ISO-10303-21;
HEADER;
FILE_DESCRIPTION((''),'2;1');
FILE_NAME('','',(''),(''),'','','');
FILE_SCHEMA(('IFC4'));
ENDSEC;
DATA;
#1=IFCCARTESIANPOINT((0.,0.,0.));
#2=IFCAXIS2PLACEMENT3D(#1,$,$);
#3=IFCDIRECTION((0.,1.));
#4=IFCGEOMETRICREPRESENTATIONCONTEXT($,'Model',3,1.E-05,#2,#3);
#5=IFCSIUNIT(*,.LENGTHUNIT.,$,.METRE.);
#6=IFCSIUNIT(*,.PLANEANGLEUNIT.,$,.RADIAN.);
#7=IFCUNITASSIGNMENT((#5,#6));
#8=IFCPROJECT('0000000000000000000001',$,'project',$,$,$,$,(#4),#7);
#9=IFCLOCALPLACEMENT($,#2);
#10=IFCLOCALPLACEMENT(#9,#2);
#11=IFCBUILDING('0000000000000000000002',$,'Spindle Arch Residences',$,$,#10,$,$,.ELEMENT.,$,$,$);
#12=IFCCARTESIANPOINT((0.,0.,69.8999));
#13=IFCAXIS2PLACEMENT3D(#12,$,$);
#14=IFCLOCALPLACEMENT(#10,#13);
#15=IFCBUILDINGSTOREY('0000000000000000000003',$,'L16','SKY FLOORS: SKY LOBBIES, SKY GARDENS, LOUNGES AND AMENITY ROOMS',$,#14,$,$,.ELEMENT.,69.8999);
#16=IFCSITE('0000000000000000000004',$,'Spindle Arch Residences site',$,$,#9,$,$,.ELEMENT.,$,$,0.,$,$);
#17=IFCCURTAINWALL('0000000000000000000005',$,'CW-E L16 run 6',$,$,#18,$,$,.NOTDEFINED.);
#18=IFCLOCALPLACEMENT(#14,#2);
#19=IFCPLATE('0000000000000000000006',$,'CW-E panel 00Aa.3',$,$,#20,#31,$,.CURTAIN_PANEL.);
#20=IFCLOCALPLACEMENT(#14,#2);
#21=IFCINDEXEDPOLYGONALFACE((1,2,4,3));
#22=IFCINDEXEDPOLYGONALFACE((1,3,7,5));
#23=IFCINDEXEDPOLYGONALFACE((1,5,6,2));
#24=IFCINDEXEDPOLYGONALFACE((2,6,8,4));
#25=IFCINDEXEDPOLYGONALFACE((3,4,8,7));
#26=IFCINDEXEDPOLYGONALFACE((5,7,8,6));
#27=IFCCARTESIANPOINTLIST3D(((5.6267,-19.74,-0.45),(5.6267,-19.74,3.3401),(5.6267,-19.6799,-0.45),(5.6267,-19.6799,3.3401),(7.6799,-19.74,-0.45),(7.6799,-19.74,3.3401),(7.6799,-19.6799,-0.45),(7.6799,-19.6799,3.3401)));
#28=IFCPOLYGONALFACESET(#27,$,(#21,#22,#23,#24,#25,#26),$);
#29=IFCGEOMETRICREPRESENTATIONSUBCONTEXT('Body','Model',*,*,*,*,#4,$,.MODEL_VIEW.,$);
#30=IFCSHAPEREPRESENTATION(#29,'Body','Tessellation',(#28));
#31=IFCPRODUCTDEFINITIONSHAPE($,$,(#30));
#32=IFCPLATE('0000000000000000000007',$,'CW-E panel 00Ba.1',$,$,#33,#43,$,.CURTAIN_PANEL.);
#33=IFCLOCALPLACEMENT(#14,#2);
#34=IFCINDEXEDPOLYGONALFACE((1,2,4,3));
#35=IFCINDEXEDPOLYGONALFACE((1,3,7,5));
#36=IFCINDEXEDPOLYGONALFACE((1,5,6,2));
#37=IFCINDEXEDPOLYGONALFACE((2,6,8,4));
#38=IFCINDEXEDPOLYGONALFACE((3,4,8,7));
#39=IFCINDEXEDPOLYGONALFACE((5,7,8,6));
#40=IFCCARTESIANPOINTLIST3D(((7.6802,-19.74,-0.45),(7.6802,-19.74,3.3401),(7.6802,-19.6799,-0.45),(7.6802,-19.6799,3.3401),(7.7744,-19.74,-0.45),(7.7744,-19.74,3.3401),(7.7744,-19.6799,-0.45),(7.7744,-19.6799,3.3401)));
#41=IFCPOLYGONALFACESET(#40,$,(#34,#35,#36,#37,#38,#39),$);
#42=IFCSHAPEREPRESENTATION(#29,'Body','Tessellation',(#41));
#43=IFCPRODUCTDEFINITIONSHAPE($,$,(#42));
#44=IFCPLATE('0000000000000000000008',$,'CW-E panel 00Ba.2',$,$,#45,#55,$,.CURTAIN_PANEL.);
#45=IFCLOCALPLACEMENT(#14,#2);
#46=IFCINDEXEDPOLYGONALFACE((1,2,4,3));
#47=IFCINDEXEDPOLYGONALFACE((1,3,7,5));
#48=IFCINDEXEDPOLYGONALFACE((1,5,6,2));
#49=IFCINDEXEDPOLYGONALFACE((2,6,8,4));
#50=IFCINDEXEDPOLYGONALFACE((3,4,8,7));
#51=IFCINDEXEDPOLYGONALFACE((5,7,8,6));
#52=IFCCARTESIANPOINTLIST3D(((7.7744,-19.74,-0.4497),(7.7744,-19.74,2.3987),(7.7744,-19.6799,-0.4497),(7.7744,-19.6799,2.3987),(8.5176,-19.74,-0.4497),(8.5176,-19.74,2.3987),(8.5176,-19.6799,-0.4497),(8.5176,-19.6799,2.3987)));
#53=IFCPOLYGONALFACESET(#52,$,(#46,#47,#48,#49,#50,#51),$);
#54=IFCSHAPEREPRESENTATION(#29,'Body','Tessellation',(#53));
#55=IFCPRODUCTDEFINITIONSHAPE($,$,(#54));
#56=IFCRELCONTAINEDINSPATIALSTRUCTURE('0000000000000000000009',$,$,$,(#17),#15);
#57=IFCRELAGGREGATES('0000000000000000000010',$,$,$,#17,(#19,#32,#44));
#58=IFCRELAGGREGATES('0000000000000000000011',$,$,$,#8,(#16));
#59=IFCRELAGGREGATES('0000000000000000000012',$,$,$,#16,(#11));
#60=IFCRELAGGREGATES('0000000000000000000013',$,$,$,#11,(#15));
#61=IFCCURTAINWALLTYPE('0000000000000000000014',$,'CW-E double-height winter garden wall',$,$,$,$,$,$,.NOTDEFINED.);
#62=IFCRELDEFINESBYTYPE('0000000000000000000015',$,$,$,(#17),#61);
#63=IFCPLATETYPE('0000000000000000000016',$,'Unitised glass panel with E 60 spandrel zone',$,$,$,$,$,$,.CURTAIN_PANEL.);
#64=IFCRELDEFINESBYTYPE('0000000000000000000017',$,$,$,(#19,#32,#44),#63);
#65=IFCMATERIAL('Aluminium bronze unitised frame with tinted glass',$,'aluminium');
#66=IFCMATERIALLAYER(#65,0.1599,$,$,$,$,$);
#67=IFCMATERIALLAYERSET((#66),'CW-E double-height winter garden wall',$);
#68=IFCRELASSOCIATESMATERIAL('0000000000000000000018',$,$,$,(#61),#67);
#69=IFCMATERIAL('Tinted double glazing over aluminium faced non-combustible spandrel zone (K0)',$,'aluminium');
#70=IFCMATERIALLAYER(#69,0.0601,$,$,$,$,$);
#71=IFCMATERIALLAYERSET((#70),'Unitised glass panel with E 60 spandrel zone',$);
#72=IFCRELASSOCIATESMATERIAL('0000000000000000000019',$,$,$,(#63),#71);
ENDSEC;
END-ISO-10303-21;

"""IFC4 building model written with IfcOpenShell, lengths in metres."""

from ifc_helpers import new_model, si_unit, direction, frame, origin, origin_2d, place, context, subcontext, project, spatial, rectangle, extrude, material, layer, layer_set, type_object, element, aggregate, save


model = new_model("IFC4")

# Units and contexts
model_context = context("Model", 3, precision=1e-05, world=origin(), true_north=direction((0.0, 1.0)))
body_context = subcontext(model_context, "Body", "Model", "MODEL_VIEW")
ifc_project = project(units=[si_unit("LENGTHUNIT", "METRE"), si_unit("PLANEANGLEUNIT", "RADIAN")], contexts=[model_context])

# Site, building, storey
site_placement = place(None, origin())
site = spatial("IfcSite", under=ifc_project, at=site_placement, Name="Spindle Arch Residences site", CompositionType="ELEMENT", RefElevation=0.0)
building_placement = place(site_placement, origin())
building = spatial("IfcBuilding", under=site, at=building_placement, Name="Spindle Arch Residences", CompositionType="ELEMENT")
storey_placement = place(building_placement, frame((0.0, 0.0, 69.8999)))
storey = spatial("IfcBuildingStorey", under=building, at=storey_placement, Name="L16", Description="SKY FLOORS: SKY LOBBIES, SKY GARDENS, LOUNGES AND AMENITY ROOMS", CompositionType="ELEMENT", Elevation=69.8999)

# Curtain wall, plates
ifc_material_1 = material(Name="Aluminium bronze unitised frame with tinted glass", Category="aluminium")
ifc_layer_1 = layer(ifc_material_1, 0.1599)
ifc_layer_set_1 = layer_set([ifc_layer_1], Name="CW-E double-height winter garden wall")
curtain_wall_type = type_object("IfcCurtainWallType", Name="CW-E double-height winter garden wall", PredefinedType="NOTDEFINED", material=ifc_layer_set_1)
curtain_wall_placement = place(storey_placement, origin())
curtain_wall = element("IfcCurtainWall", 1, at=curtain_wall_placement, inside=storey, type_object=curtain_wall_type, Name="CW-E L16 run 6", PredefinedType="NOTDEFINED")
ifc_material_2 = material(Name="Tinted double glazing over aluminium faced non-combustible spandrel zone (K0)", Category="aluminium")
ifc_layer_2 = layer(ifc_material_2, 0.0601)
ifc_layer_set_2 = layer_set([ifc_layer_2], Name="Unitised glass panel with E 60 spandrel zone")
plate_type_1 = type_object("IfcPlateType", Name="Unitised glass panel with E 60 spandrel zone", PredefinedType="CURTAIN_PANEL", material=ifc_layer_set_2)
plate_1_placement = place(storey_placement, frame((6.6533, -19.71, -0.45), z_axis=(0.0, 0.0, 1.0), x_axis=(1.0, 0.0, 0.0)))
plate_1 = element("IfcPlate", 2, at=plate_1_placement, type_object=plate_type_1, Name="CW-E panel 00Aa.3", PredefinedType="CURTAIN_PANEL", context=body_context, shape_type="SweptSolid", body=[
    extrude(rectangle(XDim=2.0532, YDim=0.0601, at=origin_2d()), origin(), (0.0, 0.0, 1.0), 3.79),
])
plate_2_placement = place(storey_placement, frame((7.7273, -19.71, -0.45), z_axis=(0.0, 0.0, 1.0), x_axis=(1.0, 0.0, 0.0)))
plate_2 = element("IfcPlate", 3, at=plate_2_placement, type_object=plate_type_1, Name="CW-E panel 00Ba.1", PredefinedType="CURTAIN_PANEL", context=body_context, shape_type="SweptSolid", body=[
    extrude(rectangle(XDim=0.0942, YDim=0.0601, at=origin_2d()), origin(), (0.0, 0.0, 1.0), 3.79),
])
plate_3_placement = place(storey_placement, frame((8.146, -19.71, -0.4497), z_axis=(0.0, 0.0, 1.0), x_axis=(1.0, 0.0, 0.0)))
plate_3 = element("IfcPlate", 4, at=plate_3_placement, type_object=plate_type_1, Name="CW-E panel 00Ba.2", PredefinedType="CURTAIN_PANEL", context=body_context, shape_type="SweptSolid", body=[
    extrude(rectangle(XDim=0.7432, YDim=0.0601, at=origin_2d()), origin(), (0.0, 0.0, 1.0), 2.8484),
])
aggregate(curtain_wall, [plate_1, plate_2, plate_3])

save(model, "model.ifc")
